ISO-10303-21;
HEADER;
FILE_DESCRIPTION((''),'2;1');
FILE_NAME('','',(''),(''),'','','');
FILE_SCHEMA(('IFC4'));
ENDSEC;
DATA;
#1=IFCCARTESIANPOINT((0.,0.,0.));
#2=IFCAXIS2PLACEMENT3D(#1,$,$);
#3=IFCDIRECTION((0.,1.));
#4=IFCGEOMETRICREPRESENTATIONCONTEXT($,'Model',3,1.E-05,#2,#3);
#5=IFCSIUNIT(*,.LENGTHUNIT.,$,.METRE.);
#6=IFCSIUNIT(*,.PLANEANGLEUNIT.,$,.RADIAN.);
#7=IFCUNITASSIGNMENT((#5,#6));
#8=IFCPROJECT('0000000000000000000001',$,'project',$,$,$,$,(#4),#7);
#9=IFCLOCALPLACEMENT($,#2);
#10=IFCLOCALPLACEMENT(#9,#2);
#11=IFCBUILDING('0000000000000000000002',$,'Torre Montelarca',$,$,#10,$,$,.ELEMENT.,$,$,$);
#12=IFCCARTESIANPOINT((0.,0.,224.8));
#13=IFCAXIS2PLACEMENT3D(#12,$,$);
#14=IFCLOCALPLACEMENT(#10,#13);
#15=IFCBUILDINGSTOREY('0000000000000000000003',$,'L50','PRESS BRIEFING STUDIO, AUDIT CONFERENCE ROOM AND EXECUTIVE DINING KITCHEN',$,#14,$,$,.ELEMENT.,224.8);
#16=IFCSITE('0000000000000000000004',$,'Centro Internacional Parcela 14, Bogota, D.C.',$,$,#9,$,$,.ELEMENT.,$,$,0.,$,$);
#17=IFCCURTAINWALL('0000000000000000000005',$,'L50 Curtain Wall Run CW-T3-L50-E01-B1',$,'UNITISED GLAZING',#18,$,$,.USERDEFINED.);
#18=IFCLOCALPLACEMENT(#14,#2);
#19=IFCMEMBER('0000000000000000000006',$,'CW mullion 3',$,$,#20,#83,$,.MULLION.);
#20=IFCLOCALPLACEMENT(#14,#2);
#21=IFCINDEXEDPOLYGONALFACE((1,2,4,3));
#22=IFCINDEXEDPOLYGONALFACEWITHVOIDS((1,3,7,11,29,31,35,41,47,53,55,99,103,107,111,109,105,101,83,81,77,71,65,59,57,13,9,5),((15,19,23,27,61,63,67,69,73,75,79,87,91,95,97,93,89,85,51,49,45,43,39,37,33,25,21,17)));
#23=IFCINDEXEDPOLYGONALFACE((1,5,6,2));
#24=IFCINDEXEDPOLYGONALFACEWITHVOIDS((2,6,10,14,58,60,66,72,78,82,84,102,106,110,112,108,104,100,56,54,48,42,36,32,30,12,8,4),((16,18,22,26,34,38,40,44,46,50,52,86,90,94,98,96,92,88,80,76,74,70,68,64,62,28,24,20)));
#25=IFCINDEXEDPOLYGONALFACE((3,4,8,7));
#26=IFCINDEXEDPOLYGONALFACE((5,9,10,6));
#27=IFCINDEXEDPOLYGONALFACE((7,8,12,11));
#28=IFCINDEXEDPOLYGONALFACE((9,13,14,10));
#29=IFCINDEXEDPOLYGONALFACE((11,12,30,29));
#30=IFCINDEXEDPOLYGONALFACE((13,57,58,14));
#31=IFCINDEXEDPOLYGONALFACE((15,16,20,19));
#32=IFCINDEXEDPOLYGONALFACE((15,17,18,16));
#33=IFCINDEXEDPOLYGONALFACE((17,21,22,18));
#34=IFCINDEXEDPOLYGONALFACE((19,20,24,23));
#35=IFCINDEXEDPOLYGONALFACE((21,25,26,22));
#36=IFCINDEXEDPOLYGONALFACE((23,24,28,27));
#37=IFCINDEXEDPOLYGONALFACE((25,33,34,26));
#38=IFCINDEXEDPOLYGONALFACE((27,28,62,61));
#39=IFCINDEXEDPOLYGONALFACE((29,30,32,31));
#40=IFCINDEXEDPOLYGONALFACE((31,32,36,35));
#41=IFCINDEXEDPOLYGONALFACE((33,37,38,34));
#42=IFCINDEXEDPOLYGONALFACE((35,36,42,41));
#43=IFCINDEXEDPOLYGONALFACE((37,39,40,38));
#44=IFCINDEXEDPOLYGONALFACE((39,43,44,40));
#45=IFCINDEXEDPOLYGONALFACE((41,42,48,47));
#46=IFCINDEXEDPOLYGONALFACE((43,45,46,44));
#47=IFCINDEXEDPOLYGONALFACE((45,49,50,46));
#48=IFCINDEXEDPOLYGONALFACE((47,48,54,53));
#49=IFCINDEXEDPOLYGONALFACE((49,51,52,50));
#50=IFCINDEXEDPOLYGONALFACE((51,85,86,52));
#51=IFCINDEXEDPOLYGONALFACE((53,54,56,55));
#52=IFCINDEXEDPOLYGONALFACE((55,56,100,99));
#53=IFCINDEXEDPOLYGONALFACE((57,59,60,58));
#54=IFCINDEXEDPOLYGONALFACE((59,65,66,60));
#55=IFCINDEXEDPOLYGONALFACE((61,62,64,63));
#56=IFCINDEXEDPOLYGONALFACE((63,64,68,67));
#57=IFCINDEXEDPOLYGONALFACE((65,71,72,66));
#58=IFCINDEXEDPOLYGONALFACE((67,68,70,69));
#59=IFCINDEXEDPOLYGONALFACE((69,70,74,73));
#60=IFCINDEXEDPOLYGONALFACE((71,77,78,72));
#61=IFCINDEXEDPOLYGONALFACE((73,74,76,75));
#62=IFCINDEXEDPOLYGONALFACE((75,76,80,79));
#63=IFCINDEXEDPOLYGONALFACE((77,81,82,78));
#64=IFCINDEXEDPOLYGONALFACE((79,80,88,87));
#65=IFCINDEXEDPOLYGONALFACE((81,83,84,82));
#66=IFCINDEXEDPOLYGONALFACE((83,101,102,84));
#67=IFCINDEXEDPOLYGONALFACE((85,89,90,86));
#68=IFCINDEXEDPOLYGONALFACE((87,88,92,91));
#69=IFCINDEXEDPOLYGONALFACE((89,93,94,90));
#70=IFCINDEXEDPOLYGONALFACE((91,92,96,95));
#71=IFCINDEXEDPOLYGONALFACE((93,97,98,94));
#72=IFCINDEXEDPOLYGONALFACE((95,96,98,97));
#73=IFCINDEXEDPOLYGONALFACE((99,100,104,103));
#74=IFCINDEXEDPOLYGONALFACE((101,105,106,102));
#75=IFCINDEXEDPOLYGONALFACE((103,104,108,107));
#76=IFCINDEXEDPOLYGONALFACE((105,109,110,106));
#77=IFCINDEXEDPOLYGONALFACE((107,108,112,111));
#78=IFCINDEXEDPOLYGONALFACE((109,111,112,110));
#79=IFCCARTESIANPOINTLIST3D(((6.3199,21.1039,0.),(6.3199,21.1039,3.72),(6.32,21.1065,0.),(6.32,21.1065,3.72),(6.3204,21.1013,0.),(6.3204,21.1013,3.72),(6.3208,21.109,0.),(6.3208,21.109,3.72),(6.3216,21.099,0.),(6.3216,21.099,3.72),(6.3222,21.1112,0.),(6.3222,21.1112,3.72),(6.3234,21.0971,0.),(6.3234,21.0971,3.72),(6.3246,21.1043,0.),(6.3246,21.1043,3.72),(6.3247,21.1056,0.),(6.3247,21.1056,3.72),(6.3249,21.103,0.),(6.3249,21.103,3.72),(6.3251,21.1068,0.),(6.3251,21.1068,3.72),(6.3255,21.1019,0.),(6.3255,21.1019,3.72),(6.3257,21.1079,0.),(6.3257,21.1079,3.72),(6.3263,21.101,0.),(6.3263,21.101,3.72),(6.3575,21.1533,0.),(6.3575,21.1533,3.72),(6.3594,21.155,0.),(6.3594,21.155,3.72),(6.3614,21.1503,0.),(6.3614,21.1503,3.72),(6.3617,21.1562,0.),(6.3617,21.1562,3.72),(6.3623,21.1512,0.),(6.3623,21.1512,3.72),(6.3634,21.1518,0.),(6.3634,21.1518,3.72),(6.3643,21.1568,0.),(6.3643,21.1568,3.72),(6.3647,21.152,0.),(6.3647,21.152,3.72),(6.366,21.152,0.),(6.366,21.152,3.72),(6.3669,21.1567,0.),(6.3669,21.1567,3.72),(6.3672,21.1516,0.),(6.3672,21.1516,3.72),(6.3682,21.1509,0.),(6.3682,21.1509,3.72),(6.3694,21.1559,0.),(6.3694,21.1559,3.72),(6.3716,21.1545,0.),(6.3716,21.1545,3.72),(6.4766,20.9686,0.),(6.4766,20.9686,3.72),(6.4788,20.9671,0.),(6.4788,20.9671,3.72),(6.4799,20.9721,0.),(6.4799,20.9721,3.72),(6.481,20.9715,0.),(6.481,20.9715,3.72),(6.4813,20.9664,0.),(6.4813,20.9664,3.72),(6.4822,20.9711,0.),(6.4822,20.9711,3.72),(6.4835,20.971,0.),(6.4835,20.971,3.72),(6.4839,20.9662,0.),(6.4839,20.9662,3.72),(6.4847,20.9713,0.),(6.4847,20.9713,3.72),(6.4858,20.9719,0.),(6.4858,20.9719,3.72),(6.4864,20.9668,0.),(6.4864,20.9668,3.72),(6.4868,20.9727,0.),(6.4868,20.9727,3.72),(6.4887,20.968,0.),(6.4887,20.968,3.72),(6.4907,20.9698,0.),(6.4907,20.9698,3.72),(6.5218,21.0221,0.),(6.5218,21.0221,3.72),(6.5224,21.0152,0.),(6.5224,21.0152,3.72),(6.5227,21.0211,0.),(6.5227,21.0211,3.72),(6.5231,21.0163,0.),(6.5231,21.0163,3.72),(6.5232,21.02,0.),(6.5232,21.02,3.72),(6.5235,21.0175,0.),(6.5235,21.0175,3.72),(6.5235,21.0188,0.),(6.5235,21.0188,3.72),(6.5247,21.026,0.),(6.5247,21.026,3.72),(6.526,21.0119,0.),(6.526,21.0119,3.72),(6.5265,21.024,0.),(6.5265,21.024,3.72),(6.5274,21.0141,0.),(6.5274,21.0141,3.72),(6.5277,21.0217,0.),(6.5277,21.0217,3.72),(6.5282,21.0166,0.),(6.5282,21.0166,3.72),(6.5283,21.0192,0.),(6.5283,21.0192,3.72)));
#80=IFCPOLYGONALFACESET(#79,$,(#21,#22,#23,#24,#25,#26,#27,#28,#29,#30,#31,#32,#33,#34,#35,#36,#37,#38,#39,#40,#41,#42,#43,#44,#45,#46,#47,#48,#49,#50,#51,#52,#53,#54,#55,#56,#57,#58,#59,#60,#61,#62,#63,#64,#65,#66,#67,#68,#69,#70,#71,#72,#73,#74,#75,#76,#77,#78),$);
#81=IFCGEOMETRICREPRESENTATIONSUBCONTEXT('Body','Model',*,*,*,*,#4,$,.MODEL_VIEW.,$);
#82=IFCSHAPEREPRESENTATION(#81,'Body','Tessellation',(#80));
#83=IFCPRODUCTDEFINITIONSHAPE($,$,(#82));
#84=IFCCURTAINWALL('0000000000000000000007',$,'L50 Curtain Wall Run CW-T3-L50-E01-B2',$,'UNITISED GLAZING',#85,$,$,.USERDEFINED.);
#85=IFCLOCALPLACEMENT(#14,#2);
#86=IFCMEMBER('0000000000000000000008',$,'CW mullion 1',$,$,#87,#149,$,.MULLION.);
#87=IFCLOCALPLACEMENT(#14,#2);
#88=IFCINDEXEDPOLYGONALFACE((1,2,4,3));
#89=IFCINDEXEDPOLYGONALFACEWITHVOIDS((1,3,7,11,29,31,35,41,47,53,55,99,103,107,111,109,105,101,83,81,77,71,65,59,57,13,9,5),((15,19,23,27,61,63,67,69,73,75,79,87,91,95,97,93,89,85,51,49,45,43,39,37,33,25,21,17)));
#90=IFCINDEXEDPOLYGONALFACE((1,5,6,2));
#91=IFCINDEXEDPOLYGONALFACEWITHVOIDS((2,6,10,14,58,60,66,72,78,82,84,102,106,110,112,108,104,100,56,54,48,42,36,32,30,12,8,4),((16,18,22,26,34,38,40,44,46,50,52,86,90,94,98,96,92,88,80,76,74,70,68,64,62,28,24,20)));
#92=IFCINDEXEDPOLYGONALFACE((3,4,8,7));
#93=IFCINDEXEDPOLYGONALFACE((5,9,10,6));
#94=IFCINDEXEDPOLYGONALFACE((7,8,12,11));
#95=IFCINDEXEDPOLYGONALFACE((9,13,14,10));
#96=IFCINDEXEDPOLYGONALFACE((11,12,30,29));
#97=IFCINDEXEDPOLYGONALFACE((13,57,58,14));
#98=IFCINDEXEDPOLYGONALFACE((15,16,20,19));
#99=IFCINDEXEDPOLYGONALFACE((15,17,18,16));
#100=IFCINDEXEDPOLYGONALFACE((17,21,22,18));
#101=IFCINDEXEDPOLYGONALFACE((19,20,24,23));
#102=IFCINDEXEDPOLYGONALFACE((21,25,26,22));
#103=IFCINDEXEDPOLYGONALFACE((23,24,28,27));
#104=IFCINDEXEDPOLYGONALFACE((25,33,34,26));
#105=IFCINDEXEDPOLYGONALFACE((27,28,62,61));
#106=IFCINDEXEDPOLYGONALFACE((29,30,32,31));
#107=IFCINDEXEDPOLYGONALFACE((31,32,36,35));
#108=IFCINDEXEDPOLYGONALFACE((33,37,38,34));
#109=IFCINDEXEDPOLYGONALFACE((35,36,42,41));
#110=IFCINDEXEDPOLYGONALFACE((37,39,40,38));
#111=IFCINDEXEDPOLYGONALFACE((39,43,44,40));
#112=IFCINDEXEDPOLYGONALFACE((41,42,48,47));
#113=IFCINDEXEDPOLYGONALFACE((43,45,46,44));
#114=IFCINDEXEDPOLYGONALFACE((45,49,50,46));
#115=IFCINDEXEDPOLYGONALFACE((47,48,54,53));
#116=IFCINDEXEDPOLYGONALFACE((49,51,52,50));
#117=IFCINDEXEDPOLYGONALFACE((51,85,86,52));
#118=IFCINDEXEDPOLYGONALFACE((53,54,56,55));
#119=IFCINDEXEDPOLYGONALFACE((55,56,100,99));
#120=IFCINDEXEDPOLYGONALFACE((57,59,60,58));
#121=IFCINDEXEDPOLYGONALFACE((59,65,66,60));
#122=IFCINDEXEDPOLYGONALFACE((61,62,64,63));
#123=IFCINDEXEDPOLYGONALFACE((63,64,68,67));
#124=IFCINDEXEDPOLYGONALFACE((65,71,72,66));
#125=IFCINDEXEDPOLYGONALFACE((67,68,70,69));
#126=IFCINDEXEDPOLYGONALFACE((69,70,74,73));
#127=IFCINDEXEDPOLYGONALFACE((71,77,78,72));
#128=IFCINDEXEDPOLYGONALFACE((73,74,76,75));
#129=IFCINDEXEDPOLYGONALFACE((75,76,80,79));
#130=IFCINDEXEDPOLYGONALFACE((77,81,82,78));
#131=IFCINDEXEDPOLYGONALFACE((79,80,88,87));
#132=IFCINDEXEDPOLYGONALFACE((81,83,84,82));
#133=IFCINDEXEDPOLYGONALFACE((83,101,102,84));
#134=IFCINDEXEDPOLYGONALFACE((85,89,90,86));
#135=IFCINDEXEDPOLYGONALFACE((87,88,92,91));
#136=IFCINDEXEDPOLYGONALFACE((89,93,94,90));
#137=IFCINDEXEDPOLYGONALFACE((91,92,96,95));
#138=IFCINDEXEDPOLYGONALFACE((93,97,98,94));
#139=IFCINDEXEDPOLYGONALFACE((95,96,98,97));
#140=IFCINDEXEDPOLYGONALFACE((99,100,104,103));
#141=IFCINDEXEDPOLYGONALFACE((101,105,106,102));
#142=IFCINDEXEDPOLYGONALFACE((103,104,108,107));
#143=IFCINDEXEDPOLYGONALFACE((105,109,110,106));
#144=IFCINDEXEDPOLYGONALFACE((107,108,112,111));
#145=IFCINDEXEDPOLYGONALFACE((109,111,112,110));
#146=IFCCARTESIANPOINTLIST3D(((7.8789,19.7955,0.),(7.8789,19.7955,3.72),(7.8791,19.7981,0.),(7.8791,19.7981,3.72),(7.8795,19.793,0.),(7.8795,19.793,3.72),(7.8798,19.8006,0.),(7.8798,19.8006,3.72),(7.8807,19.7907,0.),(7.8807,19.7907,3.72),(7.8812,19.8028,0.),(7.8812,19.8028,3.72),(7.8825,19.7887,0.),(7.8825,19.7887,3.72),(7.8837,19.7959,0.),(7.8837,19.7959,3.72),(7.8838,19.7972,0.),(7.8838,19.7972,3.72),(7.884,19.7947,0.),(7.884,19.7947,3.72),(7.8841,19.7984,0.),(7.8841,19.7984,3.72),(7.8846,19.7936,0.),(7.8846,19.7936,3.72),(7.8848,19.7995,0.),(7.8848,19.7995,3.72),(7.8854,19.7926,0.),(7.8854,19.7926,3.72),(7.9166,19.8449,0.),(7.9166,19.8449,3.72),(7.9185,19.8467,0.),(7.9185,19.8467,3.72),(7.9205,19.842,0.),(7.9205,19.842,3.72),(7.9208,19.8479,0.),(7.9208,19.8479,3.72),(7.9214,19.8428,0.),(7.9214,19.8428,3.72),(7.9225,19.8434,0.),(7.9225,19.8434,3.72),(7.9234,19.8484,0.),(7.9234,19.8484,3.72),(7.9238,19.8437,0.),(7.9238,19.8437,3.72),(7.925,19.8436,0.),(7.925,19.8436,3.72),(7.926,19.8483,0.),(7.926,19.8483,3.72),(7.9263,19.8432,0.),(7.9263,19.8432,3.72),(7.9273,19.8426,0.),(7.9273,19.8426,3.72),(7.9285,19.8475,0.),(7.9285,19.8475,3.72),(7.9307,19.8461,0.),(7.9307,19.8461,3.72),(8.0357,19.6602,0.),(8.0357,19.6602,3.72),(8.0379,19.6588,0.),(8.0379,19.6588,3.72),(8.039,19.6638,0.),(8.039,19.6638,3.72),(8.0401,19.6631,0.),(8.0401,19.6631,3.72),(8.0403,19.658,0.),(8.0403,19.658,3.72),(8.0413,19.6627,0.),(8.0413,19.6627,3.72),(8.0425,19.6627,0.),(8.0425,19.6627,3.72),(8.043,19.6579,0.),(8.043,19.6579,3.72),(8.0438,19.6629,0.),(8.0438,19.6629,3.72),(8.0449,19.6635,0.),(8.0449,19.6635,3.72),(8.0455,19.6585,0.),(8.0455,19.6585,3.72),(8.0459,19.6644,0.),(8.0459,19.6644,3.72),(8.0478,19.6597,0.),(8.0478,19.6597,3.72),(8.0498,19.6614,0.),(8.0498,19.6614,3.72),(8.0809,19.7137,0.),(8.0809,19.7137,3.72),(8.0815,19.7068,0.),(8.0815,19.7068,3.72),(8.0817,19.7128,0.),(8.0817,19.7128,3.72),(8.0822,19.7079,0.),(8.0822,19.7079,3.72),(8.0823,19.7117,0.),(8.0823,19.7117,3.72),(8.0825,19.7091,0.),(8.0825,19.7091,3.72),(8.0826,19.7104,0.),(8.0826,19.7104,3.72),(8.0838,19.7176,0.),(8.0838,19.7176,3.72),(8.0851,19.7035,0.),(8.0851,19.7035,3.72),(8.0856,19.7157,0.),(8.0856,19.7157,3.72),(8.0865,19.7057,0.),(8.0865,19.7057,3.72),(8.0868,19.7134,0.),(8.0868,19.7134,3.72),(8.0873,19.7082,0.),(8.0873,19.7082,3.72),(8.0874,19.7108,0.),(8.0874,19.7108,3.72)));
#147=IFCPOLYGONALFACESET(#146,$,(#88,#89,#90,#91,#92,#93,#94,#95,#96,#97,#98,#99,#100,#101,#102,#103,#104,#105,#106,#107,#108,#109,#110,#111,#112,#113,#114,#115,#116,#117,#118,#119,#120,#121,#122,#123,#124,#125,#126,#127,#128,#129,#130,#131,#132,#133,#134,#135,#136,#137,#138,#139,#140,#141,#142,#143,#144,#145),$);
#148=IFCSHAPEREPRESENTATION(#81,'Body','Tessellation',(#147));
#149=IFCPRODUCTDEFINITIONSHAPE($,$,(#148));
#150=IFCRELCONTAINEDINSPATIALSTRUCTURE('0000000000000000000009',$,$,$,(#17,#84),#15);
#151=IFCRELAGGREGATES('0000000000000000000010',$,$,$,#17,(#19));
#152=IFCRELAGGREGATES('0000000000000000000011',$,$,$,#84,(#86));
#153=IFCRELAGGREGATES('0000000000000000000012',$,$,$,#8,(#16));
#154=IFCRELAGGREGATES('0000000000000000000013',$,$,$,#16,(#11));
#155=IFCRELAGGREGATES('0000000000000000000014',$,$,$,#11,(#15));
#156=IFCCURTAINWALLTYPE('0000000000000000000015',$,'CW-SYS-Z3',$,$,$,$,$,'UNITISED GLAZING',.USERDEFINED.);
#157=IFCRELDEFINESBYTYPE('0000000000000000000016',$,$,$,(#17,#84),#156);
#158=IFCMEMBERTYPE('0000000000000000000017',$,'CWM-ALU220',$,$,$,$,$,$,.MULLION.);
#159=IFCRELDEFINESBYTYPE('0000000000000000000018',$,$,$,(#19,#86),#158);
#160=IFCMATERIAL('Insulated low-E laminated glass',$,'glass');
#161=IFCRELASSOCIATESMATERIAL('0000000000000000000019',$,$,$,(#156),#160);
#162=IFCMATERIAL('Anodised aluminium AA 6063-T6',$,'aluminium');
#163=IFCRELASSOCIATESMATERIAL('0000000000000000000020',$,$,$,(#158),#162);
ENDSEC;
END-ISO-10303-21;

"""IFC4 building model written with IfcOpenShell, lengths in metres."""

from ifc_helpers import new_model, si_unit, direction, frame, origin, origin_2d, place, context, subcontext, project, spatial, hollow_rectangle, extrude, source, transform, mapped, material, material_profile, profile_set, type_object, element, aggregate, save


model = new_model("IFC4")

# Units and contexts
model_context = context("Model", 3, precision=1e-05, world=origin(), true_north=direction((0.0, 1.0)))
body_context = subcontext(model_context, "Body", "Model", "MODEL_VIEW")
ifc_project = project(units=[si_unit("LENGTHUNIT", "METRE"), si_unit("PLANEANGLEUNIT", "RADIAN")], contexts=[model_context])

# Site, building, storey
site_placement = place(None, origin())
site = spatial("IfcSite", under=ifc_project, at=site_placement, Name="Centro Internacional Parcela 14, Bogota, D.C.", CompositionType="ELEMENT", RefElevation=0.0)
building_placement = place(site_placement, origin())
building = spatial("IfcBuilding", under=site, at=building_placement, Name="Torre Montelarca", CompositionType="ELEMENT")
storey_placement = place(building_placement, frame((0.0, 0.0, 224.8)))
storey = spatial("IfcBuildingStorey", under=building, at=storey_placement, Name="L50", Description="PRESS BRIEFING STUDIO, AUDIT CONFERENCE ROOM AND EXECUTIVE DINING KITCHEN", CompositionType="ELEMENT", Elevation=224.8)

# Shared definitions
ifc_material_1 = material(Name="Insulated low-E laminated glass", Category="glass")
curtain_wall_type = type_object("IfcCurtainWallType", Name="CW-SYS-Z3", ElementType="UNITISED GLAZING", PredefinedType="USERDEFINED", material=ifc_material_1)
ifc_material_2 = material(Name="Anodised aluminium AA 6063-T6", Category="aluminium")

# Curtain wall, member
curtain_wall_1_placement = place(storey_placement, origin())
curtain_wall_1 = element("IfcCurtainWall", 1, at=curtain_wall_1_placement, inside=storey, type_object=curtain_wall_type, Name="L50 Curtain Wall Run CW-T3-L50-E01-B1", ObjectType="UNITISED GLAZING", PredefinedType="USERDEFINED")
ifc_material_profile_1 = material_profile(ifc_material_2, hollow_rectangle(XDim=0.075, YDim=0.22, WallThickness=0.0049, InnerFilletRadius=0.0049, OuterFilletRadius=0.01, at=origin_2d()), Name="ALU75X220X5", Category="aluminium")
ifc_profile_set_1 = profile_set([ifc_material_profile_1], Name="Anodised aluminium AA 6063-T6")
member_type_1 = type_object("IfcMemberType", Name="CWM-ALU220", PredefinedType="MULLION", material=ifc_profile_set_1)
shared_shape_1 = source(origin(), body_context, "Body", "SweptSolid", [
    extrude(hollow_rectangle(XDim=0.075, YDim=0.22, WallThickness=0.0049, InnerFilletRadius=0.0049, OuterFilletRadius=0.01, at=origin_2d()), origin(), (0.0, 0.0, 1.0), 3.72),
])
member_1_placement = place(storey_placement, frame((6.4241, 21.0615, 0.0), z_axis=(0.0, 0.0, 1.0), x_axis=(0.642789, 0.766043, 0.0)))
member_1 = element("IfcMember", 2, at=member_1_placement, type_object=member_type_1, Name="CW mullion 3", PredefinedType="MULLION", context=body_context, shape_type="MappedRepresentation", body=[
    mapped(shared_shape_1, transform((0.0, 0.0, 0.0), scale=1.0)),
])
aggregate(curtain_wall_1, [member_1])

# Curtain wall, member
curtain_wall_2_placement = place(storey_placement, origin())
curtain_wall_2 = element("IfcCurtainWall", 3, at=curtain_wall_2_placement, inside=storey, type_object=curtain_wall_type, Name="L50 Curtain Wall Run CW-T3-L50-E01-B2", ObjectType="UNITISED GLAZING", PredefinedType="USERDEFINED")
member_2_placement = place(storey_placement, frame((7.9832, 19.7532, 0.0), z_axis=(0.0, 0.0, 1.0), x_axis=(0.642793, 0.76604, 0.0)))
member_2 = element("IfcMember", 4, at=member_2_placement, type_object=member_type_1, Name="CW mullion 1", PredefinedType="MULLION", context=body_context, shape_type="MappedRepresentation", body=[
    mapped(shared_shape_1, transform((0.0, 0.0, 0.0), scale=1.0)),
])

aggregate(curtain_wall_2, [member_2])

save(model, "model.ifc")
